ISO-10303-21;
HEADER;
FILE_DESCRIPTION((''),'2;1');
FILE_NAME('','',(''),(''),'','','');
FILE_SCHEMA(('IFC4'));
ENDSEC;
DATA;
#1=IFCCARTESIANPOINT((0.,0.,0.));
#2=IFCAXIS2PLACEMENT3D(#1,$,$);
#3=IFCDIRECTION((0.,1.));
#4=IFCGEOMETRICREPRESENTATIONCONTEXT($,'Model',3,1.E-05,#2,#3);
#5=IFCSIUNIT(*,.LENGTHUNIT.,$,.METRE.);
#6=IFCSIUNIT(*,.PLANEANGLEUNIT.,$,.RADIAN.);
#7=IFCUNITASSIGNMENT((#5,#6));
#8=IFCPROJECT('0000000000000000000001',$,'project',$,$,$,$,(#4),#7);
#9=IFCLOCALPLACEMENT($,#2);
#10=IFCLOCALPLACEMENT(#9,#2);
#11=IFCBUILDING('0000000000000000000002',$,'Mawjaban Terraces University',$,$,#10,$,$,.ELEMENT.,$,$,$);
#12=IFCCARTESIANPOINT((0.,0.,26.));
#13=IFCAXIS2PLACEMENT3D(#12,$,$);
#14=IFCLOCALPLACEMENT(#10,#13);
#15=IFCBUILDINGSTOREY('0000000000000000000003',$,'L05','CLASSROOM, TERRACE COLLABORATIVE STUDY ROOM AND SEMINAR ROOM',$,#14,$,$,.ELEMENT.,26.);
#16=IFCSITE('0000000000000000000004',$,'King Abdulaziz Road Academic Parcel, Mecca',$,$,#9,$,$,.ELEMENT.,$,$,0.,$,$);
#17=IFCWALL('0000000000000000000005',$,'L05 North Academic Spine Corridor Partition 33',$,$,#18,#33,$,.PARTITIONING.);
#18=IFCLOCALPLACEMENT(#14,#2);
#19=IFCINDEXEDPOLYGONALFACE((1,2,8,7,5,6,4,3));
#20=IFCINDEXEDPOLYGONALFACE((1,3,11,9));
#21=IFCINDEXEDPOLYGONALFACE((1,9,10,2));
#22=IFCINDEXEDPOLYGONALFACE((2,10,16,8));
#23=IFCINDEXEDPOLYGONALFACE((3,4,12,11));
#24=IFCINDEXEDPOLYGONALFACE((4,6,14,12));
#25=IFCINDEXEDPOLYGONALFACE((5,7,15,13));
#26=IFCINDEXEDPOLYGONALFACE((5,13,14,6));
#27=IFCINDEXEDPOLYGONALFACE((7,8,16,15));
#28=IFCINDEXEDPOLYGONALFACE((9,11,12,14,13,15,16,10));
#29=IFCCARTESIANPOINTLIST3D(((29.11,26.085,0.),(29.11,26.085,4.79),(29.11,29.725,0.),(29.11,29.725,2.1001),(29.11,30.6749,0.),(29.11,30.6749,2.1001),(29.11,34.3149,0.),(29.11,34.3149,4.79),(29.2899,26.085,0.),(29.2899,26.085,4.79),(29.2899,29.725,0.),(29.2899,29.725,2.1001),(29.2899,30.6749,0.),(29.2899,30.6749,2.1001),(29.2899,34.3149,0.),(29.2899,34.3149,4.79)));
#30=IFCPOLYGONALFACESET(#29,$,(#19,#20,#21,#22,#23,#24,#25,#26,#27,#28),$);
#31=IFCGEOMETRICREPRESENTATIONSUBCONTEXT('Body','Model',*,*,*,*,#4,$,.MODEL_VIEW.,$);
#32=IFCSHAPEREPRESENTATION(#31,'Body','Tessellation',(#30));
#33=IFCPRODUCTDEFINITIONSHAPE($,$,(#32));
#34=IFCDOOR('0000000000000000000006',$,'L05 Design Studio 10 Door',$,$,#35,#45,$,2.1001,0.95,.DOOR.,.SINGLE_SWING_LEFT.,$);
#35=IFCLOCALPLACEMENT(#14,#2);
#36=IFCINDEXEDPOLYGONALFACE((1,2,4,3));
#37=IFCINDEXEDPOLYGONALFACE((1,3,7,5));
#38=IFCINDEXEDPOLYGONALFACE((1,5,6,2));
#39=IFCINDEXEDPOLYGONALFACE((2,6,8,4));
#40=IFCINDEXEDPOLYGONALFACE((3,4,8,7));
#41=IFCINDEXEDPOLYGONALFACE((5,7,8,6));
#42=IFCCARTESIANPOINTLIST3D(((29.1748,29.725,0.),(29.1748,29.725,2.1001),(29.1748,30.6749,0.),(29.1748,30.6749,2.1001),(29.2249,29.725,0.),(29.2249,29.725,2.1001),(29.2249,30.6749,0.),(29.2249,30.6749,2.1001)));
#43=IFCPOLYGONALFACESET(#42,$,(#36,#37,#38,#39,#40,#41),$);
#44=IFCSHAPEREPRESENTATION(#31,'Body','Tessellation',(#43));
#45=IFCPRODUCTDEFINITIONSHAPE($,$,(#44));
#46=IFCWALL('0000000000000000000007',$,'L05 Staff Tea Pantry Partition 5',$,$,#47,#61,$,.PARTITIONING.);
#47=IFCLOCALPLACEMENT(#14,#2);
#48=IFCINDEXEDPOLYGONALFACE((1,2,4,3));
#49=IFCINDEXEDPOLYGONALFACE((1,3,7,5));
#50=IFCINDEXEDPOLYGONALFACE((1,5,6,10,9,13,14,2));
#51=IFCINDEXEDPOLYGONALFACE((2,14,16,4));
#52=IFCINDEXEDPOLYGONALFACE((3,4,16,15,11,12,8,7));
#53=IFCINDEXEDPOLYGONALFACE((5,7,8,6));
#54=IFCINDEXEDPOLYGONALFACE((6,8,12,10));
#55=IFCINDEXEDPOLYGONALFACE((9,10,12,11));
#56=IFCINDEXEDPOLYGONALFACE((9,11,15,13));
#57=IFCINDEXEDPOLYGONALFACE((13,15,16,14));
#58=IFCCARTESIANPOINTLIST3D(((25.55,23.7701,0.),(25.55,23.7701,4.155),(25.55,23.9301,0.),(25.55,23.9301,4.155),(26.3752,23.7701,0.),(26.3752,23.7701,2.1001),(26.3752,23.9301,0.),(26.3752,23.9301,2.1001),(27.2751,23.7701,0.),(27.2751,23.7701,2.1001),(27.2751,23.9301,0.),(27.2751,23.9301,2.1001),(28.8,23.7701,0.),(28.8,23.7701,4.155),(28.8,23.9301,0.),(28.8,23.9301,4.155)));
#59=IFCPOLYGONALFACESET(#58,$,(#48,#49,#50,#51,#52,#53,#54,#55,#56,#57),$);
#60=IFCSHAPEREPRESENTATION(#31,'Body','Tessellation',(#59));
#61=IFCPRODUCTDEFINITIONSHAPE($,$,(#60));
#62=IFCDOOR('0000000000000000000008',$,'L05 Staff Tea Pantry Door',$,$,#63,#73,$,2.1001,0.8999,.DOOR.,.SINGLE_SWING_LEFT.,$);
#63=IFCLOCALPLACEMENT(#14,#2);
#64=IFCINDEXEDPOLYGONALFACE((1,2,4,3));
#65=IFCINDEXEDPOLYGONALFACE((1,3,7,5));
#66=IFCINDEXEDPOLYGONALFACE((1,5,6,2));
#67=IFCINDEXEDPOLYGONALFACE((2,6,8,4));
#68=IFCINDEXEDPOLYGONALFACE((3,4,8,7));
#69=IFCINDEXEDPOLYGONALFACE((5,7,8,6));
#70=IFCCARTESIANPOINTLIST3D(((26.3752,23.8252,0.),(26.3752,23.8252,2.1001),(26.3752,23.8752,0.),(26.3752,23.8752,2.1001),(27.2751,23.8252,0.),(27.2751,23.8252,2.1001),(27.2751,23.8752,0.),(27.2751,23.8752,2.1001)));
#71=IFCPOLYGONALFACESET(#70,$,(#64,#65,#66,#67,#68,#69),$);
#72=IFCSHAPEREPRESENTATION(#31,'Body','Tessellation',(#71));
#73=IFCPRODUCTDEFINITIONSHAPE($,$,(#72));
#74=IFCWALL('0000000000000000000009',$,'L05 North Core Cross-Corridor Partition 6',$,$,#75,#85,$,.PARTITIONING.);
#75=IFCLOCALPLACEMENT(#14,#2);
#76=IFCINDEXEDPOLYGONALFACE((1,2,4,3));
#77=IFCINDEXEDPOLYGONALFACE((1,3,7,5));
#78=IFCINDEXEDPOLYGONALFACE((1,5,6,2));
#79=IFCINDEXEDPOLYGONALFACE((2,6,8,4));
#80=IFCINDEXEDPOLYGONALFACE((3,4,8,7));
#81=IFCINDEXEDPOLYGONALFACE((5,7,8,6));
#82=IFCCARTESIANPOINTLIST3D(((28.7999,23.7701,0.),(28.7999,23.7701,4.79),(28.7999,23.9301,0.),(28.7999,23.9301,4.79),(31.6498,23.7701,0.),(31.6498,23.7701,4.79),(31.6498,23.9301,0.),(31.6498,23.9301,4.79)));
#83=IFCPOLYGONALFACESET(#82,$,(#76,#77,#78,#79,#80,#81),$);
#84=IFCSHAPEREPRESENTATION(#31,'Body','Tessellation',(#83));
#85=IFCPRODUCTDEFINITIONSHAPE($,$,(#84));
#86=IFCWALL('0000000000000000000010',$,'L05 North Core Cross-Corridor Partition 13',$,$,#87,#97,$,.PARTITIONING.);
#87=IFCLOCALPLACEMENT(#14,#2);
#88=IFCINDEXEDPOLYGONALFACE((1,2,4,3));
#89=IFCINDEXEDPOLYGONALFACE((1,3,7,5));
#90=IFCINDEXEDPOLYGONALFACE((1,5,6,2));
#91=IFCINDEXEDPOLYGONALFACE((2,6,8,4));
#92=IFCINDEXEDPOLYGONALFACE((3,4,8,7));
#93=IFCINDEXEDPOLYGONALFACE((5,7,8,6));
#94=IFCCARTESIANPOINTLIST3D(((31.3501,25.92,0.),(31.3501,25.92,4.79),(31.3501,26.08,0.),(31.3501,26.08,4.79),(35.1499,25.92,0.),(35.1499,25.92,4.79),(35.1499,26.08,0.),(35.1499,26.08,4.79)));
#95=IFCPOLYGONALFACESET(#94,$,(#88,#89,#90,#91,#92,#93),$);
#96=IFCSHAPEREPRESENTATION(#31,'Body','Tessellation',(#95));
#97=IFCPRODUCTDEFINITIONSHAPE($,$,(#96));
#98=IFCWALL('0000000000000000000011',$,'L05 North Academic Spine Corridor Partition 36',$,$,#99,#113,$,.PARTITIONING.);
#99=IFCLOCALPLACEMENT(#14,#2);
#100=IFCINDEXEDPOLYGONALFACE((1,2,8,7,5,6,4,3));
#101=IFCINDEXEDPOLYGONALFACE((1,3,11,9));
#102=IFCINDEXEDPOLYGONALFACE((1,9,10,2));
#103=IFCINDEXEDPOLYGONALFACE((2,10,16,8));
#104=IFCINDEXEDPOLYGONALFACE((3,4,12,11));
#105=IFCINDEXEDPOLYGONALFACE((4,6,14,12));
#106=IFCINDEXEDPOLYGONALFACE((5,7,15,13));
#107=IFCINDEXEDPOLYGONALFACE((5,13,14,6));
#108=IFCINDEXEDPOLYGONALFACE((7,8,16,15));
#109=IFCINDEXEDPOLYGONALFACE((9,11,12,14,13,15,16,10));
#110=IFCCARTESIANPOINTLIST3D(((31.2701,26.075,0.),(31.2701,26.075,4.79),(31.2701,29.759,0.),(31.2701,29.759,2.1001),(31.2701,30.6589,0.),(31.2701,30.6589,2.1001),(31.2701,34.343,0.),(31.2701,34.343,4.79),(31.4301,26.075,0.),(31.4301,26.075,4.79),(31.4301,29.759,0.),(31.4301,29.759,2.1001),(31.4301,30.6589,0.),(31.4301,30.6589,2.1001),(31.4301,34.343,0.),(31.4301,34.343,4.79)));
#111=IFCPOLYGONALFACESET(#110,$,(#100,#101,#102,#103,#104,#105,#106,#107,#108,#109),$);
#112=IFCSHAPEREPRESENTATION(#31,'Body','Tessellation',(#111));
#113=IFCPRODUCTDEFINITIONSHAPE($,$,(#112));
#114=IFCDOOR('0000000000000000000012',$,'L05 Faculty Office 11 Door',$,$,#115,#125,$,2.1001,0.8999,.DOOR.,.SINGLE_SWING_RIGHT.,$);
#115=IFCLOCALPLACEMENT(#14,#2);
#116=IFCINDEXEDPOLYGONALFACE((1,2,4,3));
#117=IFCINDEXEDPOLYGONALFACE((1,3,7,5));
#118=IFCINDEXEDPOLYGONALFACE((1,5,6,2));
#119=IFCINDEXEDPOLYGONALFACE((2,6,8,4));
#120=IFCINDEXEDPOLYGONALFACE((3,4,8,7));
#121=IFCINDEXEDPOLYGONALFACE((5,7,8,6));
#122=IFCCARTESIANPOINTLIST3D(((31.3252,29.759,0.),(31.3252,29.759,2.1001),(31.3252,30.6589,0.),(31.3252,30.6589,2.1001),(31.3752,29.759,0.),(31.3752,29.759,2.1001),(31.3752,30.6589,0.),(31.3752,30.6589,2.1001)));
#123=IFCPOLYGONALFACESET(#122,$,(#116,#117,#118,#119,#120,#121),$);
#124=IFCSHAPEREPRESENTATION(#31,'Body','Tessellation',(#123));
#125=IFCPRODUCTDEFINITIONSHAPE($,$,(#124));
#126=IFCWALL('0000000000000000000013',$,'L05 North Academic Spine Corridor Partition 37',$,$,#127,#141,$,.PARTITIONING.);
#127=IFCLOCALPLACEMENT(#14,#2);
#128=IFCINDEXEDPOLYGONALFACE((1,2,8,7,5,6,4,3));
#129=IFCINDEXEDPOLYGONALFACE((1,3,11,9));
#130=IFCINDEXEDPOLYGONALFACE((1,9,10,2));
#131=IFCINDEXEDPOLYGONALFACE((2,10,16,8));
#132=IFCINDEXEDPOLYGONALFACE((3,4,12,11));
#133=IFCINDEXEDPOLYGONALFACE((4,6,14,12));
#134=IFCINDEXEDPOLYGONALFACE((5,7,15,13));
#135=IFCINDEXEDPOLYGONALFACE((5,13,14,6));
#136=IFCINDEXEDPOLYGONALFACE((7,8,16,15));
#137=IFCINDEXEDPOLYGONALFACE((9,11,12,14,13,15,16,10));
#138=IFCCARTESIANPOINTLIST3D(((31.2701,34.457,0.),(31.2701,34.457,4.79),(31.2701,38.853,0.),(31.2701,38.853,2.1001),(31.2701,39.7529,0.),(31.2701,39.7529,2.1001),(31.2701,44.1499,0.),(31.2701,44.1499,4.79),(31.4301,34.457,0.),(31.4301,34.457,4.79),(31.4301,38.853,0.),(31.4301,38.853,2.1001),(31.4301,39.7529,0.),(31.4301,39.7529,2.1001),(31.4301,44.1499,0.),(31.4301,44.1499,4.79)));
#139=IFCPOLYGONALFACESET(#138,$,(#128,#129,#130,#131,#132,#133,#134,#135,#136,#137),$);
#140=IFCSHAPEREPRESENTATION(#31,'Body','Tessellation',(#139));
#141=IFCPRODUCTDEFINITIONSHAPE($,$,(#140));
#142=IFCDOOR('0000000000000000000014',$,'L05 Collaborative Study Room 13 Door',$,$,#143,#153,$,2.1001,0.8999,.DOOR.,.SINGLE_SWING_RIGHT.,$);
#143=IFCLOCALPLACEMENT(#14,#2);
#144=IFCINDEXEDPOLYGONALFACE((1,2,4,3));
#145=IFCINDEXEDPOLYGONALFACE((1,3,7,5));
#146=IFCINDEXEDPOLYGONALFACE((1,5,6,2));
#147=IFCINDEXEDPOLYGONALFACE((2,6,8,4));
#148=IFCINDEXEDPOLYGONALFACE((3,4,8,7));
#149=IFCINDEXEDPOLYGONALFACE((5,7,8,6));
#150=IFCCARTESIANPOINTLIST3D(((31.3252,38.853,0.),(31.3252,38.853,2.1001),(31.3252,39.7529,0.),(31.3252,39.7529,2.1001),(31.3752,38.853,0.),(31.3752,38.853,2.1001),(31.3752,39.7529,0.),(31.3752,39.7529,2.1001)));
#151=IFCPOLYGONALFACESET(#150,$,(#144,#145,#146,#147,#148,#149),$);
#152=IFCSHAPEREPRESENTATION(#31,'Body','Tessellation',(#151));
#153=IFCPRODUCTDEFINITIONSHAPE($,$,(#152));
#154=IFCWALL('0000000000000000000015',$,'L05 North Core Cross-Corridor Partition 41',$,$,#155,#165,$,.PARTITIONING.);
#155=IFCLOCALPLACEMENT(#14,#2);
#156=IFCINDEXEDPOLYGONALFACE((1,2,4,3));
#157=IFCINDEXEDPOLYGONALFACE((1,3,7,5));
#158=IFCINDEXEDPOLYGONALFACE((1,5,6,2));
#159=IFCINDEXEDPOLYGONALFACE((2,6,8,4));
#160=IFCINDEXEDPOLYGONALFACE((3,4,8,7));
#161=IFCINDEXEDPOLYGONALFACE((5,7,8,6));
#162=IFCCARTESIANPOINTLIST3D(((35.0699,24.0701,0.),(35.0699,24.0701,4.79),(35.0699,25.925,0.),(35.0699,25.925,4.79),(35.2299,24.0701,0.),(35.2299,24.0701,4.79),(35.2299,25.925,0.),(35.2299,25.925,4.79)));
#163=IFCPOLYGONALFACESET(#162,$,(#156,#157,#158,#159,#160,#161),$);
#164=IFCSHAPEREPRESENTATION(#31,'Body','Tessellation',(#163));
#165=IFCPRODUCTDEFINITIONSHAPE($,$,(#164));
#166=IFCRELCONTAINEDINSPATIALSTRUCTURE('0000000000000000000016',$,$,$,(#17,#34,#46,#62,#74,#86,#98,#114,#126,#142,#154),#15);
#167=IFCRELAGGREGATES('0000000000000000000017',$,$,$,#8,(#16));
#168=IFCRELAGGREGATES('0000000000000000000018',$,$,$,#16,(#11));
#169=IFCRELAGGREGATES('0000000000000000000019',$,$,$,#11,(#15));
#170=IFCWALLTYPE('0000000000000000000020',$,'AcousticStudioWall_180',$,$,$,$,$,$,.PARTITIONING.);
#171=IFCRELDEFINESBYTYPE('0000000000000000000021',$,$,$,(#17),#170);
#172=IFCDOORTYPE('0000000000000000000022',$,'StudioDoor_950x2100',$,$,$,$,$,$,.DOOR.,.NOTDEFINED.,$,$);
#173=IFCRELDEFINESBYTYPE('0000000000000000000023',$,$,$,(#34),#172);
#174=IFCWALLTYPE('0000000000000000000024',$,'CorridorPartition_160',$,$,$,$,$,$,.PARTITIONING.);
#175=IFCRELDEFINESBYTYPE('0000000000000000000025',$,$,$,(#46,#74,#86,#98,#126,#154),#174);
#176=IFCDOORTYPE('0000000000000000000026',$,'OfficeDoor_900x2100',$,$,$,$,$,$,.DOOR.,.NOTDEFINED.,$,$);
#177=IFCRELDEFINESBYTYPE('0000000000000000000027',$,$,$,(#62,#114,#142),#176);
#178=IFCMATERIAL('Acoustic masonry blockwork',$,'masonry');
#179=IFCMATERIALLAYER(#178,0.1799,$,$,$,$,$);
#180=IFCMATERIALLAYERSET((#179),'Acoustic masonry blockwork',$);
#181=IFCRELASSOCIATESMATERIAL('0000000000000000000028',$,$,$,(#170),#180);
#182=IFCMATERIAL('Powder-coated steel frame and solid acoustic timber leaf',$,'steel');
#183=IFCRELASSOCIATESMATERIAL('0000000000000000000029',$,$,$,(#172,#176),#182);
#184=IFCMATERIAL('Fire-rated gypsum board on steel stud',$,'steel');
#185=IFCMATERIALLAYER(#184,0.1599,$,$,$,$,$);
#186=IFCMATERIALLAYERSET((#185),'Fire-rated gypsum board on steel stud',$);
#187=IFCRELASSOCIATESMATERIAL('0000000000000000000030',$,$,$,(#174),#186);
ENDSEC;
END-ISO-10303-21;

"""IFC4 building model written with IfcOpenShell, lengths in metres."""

from ifc_helpers import new_model, si_unit, direction, frame, frame_2d, origin, place, context, subcontext, project, spatial, rectangle, extrude, material, layer, layer_set, type_object, element, fill, save


model = new_model("IFC4")

# Units and contexts
model_context = context("Model", 3, precision=1e-05, world=origin(), true_north=direction((0.0, 1.0)))
body_context = subcontext(model_context, "Body", "Model", "MODEL_VIEW")
ifc_project = project(units=[si_unit("LENGTHUNIT", "METRE"), si_unit("PLANEANGLEUNIT", "RADIAN")], contexts=[model_context])

# Site, building, storey
site_placement = place(None, origin())
site = spatial("IfcSite", under=ifc_project, at=site_placement, Name="King Abdulaziz Road Academic Parcel, Mecca", CompositionType="ELEMENT", RefElevation=0.0)
building_placement = place(site_placement, origin())
building = spatial("IfcBuilding", under=site, at=building_placement, Name="Mawjaban Terraces University", CompositionType="ELEMENT")
storey_placement = place(building_placement, frame((0.0, 0.0, 26.0)))
storey = spatial("IfcBuildingStorey", under=building, at=storey_placement, Name="L05", Description="CLASSROOM, TERRACE COLLABORATIVE STUDY ROOM AND SEMINAR ROOM", CompositionType="ELEMENT", Elevation=26.0)

# Shared definitions
ifc_material_1 = material(Name="Acoustic masonry blockwork", Category="masonry")
ifc_layer_1 = layer(ifc_material_1, 0.1799)
ifc_layer_set_1 = layer_set([ifc_layer_1], Name="Acoustic masonry blockwork")
wall_type_1 = type_object("IfcWallType", Name="AcousticStudioWall_180", PredefinedType="PARTITIONING", material=ifc_layer_set_1)

# Walls, openings, doors
wall_1_placement = place(storey_placement, frame((29.2, 34.3149, 0.0), z_axis=(0.0, 0.0, 1.0), x_axis=(0.0, -1.0, 0.0)))
wall_1 = element("IfcWall", 1, at=wall_1_placement, inside=storey, type_object=wall_type_1, Name="L05 North Academic Spine Corridor Partition 33", PredefinedType="PARTITIONING", context=body_context, shape_type="SweptSolid", body=[
    extrude(rectangle(XDim=8.23, YDim=0.1799, at=frame_2d((4.115, 0.0))), origin(), (0.0, 0.0, 1.0), 4.79),
])
opening_1_placement = place(wall_1_placement, frame((3.6399, 0.0, 0.0)))
opening_1 = element("IfcOpeningElement", 2, at=opening_1_placement, cuts=wall_1, PredefinedType="OPENING", context=body_context, shape_type="SweptSolid", body=[
    extrude(rectangle(XDim=0.95, YDim=2.1001, at=frame_2d((0.4751, 1.05))), frame((0.0, 0.0999, 0.0), z_axis=(0.0, -1.0, 0.0), x_axis=(1.0, 0.0, 0.0)), (0.0, 0.0, 1.0), 0.2),
])
ifc_material_2 = material(Name="Powder-coated steel frame and solid acoustic timber leaf", Category="steel")
door_type_1 = type_object("IfcDoorType", Name="StudioDoor_950x2100", OperationType="NOTDEFINED", PredefinedType="DOOR", material=ifc_material_2)
door_1_placement = place(opening_1_placement, origin())
door_1 = element("IfcDoor", 3, at=door_1_placement, inside=storey, type_object=door_type_1, Name="L05 Design Studio 10 Door", OperationType="SINGLE_SWING_LEFT", OverallHeight=2.1001, OverallWidth=0.95, PredefinedType="DOOR", context=body_context, shape_type="SweptSolid", body=[
    extrude(rectangle(XDim=0.95, YDim=2.1001, at=frame_2d((0.4751, 1.05))), frame((0.0, 0.0249, 0.0), z_axis=(0.0, -1.0, 0.0), x_axis=(1.0, 0.0, 0.0)), (0.0, 0.0, 1.0), 0.05),
])
fill(opening_1, door_1)
ifc_material_3 = material(Name="Fire-rated gypsum board on steel stud", Category="steel")
ifc_layer_2 = layer(ifc_material_3, 0.1599)
ifc_layer_set_2 = layer_set([ifc_layer_2], Name="Fire-rated gypsum board on steel stud")
wall_type_2 = type_object("IfcWallType", Name="CorridorPartition_160", PredefinedType="PARTITIONING", material=ifc_layer_set_2)
wall_2_placement = place(storey_placement, frame((28.8, 23.8501, 0.0), z_axis=(0.0, 0.0, 1.0), x_axis=(-1.0, 0.0, 0.0)))
wall_2 = element("IfcWall", 4, at=wall_2_placement, inside=storey, type_object=wall_type_2, Name="L05 Staff Tea Pantry Partition 5", PredefinedType="PARTITIONING", context=body_context, shape_type="SweptSolid", body=[
    extrude(rectangle(XDim=3.25, YDim=0.1599, at=frame_2d((1.625, 0.0))), origin(), (0.0, 0.0, 1.0), 4.155),
])
opening_2_placement = place(wall_2_placement, frame((1.5249, 0.0, 0.0)))
opening_2 = element("IfcOpeningElement", 5, at=opening_2_placement, cuts=wall_2, PredefinedType="OPENING", context=body_context, shape_type="SweptSolid", body=[
    extrude(rectangle(XDim=0.8999, YDim=2.1001, at=frame_2d((0.45, 1.05))), frame((0.0, 0.0898, 0.0), z_axis=(0.0, -1.0, 0.0), x_axis=(1.0, 0.0, 0.0)), (0.0, 0.0, 1.0), 0.1799),
])
door_type_2 = type_object("IfcDoorType", Name="OfficeDoor_900x2100", OperationType="NOTDEFINED", PredefinedType="DOOR", material=ifc_material_2)
door_2_placement = place(opening_2_placement, origin())
door_2 = element("IfcDoor", 6, at=door_2_placement, inside=storey, type_object=door_type_2, Name="L05 Staff Tea Pantry Door", OperationType="SINGLE_SWING_LEFT", OverallHeight=2.1001, OverallWidth=0.8999, PredefinedType="DOOR", context=body_context, shape_type="SweptSolid", body=[
    extrude(rectangle(XDim=0.8999, YDim=2.1001, at=frame_2d((0.45, 1.05))), frame((0.0, 0.0249, 0.0), z_axis=(0.0, -1.0, 0.0), x_axis=(1.0, 0.0, 0.0)), (0.0, 0.0, 1.0), 0.05),
])
fill(opening_2, door_2)

# Walls
wall_3_placement = place(storey_placement, frame((28.8, 23.8501, 0.0), z_axis=(0.0, 0.0, 1.0), x_axis=(1.0, 0.0, 0.0)))
element("IfcWall", 7, at=wall_3_placement, inside=storey, type_object=wall_type_2, Name="L05 North Core Cross-Corridor Partition 6", PredefinedType="PARTITIONING", context=body_context, shape_type="SweptSolid", body=[
    extrude(rectangle(XDim=2.8499, YDim=0.1599, at=frame_2d((1.4248, 0.0))), origin(), (0.0, 0.0, 1.0), 4.79),
])
wall_4_placement = place(storey_placement, frame((35.1499, 26.0, 0.0), z_axis=(0.0, 0.0, 1.0), x_axis=(-1.0, 0.0, 0.0)))
element("IfcWall", 8, at=wall_4_placement, inside=storey, type_object=wall_type_2, Name="L05 North Core Cross-Corridor Partition 13", PredefinedType="PARTITIONING", context=body_context, shape_type="SweptSolid", body=[
    extrude(rectangle(XDim=3.7998, YDim=0.1599, at=frame_2d((1.8999, 0.0))), origin(), (0.0, 0.0, 1.0), 4.79),
])

# Walls, openings, doors
wall_5_placement = place(storey_placement, frame((31.3501, 26.075, 0.0), z_axis=(0.0, 0.0, 1.0), x_axis=(0.0, 1.0, 0.0)))
wall_5 = element("IfcWall", 9, at=wall_5_placement, inside=storey, type_object=wall_type_2, Name="L05 North Academic Spine Corridor Partition 36", PredefinedType="PARTITIONING", context=body_context, shape_type="SweptSolid", body=[
    extrude(rectangle(XDim=8.2681, YDim=0.1599, at=frame_2d((4.134, 0.0))), origin(), (0.0, 0.0, 1.0), 4.79),
])
opening_3_placement = place(wall_5_placement, frame((3.6841, 0.0, 0.0)))
opening_3 = element("IfcOpeningElement", 10, at=opening_3_placement, cuts=wall_5, PredefinedType="OPENING", context=body_context, shape_type="SweptSolid", body=[
    extrude(rectangle(XDim=0.8999, YDim=2.1001, at=frame_2d((0.45, 1.05))), frame((0.0, 0.0898, 0.0), z_axis=(0.0, -1.0, 0.0), x_axis=(1.0, 0.0, 0.0)), (0.0, 0.0, 1.0), 0.1799),
])
door_3_placement = place(opening_3_placement, origin())
door_3 = element("IfcDoor", 11, at=door_3_placement, inside=storey, type_object=door_type_2, Name="L05 Faculty Office 11 Door", OperationType="SINGLE_SWING_RIGHT", OverallHeight=2.1001, OverallWidth=0.8999, PredefinedType="DOOR", context=body_context, shape_type="SweptSolid", body=[
    extrude(rectangle(XDim=0.8999, YDim=2.1001, at=frame_2d((0.45, 1.05))), frame((0.0, 0.0249, 0.0), z_axis=(0.0, -1.0, 0.0), x_axis=(1.0, 0.0, 0.0)), (0.0, 0.0, 1.0), 0.05),
])
fill(opening_3, door_3)
wall_6_placement = place(storey_placement, frame((31.3501, 34.457, 0.0), z_axis=(0.0, 0.0, 1.0), x_axis=(0.0, 1.0, 0.0)))
wall_6 = element("IfcWall", 12, at=wall_6_placement, inside=storey, type_object=wall_type_2, Name="L05 North Academic Spine Corridor Partition 37", PredefinedType="PARTITIONING", context=body_context, shape_type="SweptSolid", body=[
    extrude(rectangle(XDim=9.6929, YDim=0.1599, at=frame_2d((4.8464, 0.0))), origin(), (0.0, 0.0, 1.0), 4.79),
])
opening_4_placement = place(wall_6_placement, frame((4.396, 0.0, 0.0)))
opening_4 = element("IfcOpeningElement", 13, at=opening_4_placement, cuts=wall_6, PredefinedType="OPENING", context=body_context, shape_type="SweptSolid", body=[
    extrude(rectangle(XDim=0.8999, YDim=2.1001, at=frame_2d((0.45, 1.05))), frame((0.0, 0.0898, 0.0), z_axis=(0.0, -1.0, 0.0), x_axis=(1.0, 0.0, 0.0)), (0.0, 0.0, 1.0), 0.1799),
])
door_4_placement = place(opening_4_placement, origin())
door_4 = element("IfcDoor", 14, at=door_4_placement, inside=storey, type_object=door_type_2, Name="L05 Collaborative Study Room 13 Door", OperationType="SINGLE_SWING_RIGHT", OverallHeight=2.1001, OverallWidth=0.8999, PredefinedType="DOOR", context=body_context, shape_type="SweptSolid", body=[
    extrude(rectangle(XDim=0.8999, YDim=2.1001, at=frame_2d((0.45, 1.05))), frame((0.0, 0.0249, 0.0), z_axis=(0.0, -1.0, 0.0), x_axis=(1.0, 0.0, 0.0)), (0.0, 0.0, 1.0), 0.05),
])
fill(opening_4, door_4)

# Wall
wall_7_placement = place(storey_placement, frame((35.1499, 24.0701, 0.0), z_axis=(0.0, 0.0, 1.0), x_axis=(0.0, 1.0, 0.0)))
element("IfcWall", 15, at=wall_7_placement, inside=storey, type_object=wall_type_2, Name="L05 North Core Cross-Corridor Partition 41", PredefinedType="PARTITIONING", context=body_context, shape_type="SweptSolid", body=[
    extrude(rectangle(XDim=1.855, YDim=0.1599, at=frame_2d((0.9275, 0.0))), origin(), (0.0, 0.0, 1.0), 4.79),
])

save(model, "model.ifc")
